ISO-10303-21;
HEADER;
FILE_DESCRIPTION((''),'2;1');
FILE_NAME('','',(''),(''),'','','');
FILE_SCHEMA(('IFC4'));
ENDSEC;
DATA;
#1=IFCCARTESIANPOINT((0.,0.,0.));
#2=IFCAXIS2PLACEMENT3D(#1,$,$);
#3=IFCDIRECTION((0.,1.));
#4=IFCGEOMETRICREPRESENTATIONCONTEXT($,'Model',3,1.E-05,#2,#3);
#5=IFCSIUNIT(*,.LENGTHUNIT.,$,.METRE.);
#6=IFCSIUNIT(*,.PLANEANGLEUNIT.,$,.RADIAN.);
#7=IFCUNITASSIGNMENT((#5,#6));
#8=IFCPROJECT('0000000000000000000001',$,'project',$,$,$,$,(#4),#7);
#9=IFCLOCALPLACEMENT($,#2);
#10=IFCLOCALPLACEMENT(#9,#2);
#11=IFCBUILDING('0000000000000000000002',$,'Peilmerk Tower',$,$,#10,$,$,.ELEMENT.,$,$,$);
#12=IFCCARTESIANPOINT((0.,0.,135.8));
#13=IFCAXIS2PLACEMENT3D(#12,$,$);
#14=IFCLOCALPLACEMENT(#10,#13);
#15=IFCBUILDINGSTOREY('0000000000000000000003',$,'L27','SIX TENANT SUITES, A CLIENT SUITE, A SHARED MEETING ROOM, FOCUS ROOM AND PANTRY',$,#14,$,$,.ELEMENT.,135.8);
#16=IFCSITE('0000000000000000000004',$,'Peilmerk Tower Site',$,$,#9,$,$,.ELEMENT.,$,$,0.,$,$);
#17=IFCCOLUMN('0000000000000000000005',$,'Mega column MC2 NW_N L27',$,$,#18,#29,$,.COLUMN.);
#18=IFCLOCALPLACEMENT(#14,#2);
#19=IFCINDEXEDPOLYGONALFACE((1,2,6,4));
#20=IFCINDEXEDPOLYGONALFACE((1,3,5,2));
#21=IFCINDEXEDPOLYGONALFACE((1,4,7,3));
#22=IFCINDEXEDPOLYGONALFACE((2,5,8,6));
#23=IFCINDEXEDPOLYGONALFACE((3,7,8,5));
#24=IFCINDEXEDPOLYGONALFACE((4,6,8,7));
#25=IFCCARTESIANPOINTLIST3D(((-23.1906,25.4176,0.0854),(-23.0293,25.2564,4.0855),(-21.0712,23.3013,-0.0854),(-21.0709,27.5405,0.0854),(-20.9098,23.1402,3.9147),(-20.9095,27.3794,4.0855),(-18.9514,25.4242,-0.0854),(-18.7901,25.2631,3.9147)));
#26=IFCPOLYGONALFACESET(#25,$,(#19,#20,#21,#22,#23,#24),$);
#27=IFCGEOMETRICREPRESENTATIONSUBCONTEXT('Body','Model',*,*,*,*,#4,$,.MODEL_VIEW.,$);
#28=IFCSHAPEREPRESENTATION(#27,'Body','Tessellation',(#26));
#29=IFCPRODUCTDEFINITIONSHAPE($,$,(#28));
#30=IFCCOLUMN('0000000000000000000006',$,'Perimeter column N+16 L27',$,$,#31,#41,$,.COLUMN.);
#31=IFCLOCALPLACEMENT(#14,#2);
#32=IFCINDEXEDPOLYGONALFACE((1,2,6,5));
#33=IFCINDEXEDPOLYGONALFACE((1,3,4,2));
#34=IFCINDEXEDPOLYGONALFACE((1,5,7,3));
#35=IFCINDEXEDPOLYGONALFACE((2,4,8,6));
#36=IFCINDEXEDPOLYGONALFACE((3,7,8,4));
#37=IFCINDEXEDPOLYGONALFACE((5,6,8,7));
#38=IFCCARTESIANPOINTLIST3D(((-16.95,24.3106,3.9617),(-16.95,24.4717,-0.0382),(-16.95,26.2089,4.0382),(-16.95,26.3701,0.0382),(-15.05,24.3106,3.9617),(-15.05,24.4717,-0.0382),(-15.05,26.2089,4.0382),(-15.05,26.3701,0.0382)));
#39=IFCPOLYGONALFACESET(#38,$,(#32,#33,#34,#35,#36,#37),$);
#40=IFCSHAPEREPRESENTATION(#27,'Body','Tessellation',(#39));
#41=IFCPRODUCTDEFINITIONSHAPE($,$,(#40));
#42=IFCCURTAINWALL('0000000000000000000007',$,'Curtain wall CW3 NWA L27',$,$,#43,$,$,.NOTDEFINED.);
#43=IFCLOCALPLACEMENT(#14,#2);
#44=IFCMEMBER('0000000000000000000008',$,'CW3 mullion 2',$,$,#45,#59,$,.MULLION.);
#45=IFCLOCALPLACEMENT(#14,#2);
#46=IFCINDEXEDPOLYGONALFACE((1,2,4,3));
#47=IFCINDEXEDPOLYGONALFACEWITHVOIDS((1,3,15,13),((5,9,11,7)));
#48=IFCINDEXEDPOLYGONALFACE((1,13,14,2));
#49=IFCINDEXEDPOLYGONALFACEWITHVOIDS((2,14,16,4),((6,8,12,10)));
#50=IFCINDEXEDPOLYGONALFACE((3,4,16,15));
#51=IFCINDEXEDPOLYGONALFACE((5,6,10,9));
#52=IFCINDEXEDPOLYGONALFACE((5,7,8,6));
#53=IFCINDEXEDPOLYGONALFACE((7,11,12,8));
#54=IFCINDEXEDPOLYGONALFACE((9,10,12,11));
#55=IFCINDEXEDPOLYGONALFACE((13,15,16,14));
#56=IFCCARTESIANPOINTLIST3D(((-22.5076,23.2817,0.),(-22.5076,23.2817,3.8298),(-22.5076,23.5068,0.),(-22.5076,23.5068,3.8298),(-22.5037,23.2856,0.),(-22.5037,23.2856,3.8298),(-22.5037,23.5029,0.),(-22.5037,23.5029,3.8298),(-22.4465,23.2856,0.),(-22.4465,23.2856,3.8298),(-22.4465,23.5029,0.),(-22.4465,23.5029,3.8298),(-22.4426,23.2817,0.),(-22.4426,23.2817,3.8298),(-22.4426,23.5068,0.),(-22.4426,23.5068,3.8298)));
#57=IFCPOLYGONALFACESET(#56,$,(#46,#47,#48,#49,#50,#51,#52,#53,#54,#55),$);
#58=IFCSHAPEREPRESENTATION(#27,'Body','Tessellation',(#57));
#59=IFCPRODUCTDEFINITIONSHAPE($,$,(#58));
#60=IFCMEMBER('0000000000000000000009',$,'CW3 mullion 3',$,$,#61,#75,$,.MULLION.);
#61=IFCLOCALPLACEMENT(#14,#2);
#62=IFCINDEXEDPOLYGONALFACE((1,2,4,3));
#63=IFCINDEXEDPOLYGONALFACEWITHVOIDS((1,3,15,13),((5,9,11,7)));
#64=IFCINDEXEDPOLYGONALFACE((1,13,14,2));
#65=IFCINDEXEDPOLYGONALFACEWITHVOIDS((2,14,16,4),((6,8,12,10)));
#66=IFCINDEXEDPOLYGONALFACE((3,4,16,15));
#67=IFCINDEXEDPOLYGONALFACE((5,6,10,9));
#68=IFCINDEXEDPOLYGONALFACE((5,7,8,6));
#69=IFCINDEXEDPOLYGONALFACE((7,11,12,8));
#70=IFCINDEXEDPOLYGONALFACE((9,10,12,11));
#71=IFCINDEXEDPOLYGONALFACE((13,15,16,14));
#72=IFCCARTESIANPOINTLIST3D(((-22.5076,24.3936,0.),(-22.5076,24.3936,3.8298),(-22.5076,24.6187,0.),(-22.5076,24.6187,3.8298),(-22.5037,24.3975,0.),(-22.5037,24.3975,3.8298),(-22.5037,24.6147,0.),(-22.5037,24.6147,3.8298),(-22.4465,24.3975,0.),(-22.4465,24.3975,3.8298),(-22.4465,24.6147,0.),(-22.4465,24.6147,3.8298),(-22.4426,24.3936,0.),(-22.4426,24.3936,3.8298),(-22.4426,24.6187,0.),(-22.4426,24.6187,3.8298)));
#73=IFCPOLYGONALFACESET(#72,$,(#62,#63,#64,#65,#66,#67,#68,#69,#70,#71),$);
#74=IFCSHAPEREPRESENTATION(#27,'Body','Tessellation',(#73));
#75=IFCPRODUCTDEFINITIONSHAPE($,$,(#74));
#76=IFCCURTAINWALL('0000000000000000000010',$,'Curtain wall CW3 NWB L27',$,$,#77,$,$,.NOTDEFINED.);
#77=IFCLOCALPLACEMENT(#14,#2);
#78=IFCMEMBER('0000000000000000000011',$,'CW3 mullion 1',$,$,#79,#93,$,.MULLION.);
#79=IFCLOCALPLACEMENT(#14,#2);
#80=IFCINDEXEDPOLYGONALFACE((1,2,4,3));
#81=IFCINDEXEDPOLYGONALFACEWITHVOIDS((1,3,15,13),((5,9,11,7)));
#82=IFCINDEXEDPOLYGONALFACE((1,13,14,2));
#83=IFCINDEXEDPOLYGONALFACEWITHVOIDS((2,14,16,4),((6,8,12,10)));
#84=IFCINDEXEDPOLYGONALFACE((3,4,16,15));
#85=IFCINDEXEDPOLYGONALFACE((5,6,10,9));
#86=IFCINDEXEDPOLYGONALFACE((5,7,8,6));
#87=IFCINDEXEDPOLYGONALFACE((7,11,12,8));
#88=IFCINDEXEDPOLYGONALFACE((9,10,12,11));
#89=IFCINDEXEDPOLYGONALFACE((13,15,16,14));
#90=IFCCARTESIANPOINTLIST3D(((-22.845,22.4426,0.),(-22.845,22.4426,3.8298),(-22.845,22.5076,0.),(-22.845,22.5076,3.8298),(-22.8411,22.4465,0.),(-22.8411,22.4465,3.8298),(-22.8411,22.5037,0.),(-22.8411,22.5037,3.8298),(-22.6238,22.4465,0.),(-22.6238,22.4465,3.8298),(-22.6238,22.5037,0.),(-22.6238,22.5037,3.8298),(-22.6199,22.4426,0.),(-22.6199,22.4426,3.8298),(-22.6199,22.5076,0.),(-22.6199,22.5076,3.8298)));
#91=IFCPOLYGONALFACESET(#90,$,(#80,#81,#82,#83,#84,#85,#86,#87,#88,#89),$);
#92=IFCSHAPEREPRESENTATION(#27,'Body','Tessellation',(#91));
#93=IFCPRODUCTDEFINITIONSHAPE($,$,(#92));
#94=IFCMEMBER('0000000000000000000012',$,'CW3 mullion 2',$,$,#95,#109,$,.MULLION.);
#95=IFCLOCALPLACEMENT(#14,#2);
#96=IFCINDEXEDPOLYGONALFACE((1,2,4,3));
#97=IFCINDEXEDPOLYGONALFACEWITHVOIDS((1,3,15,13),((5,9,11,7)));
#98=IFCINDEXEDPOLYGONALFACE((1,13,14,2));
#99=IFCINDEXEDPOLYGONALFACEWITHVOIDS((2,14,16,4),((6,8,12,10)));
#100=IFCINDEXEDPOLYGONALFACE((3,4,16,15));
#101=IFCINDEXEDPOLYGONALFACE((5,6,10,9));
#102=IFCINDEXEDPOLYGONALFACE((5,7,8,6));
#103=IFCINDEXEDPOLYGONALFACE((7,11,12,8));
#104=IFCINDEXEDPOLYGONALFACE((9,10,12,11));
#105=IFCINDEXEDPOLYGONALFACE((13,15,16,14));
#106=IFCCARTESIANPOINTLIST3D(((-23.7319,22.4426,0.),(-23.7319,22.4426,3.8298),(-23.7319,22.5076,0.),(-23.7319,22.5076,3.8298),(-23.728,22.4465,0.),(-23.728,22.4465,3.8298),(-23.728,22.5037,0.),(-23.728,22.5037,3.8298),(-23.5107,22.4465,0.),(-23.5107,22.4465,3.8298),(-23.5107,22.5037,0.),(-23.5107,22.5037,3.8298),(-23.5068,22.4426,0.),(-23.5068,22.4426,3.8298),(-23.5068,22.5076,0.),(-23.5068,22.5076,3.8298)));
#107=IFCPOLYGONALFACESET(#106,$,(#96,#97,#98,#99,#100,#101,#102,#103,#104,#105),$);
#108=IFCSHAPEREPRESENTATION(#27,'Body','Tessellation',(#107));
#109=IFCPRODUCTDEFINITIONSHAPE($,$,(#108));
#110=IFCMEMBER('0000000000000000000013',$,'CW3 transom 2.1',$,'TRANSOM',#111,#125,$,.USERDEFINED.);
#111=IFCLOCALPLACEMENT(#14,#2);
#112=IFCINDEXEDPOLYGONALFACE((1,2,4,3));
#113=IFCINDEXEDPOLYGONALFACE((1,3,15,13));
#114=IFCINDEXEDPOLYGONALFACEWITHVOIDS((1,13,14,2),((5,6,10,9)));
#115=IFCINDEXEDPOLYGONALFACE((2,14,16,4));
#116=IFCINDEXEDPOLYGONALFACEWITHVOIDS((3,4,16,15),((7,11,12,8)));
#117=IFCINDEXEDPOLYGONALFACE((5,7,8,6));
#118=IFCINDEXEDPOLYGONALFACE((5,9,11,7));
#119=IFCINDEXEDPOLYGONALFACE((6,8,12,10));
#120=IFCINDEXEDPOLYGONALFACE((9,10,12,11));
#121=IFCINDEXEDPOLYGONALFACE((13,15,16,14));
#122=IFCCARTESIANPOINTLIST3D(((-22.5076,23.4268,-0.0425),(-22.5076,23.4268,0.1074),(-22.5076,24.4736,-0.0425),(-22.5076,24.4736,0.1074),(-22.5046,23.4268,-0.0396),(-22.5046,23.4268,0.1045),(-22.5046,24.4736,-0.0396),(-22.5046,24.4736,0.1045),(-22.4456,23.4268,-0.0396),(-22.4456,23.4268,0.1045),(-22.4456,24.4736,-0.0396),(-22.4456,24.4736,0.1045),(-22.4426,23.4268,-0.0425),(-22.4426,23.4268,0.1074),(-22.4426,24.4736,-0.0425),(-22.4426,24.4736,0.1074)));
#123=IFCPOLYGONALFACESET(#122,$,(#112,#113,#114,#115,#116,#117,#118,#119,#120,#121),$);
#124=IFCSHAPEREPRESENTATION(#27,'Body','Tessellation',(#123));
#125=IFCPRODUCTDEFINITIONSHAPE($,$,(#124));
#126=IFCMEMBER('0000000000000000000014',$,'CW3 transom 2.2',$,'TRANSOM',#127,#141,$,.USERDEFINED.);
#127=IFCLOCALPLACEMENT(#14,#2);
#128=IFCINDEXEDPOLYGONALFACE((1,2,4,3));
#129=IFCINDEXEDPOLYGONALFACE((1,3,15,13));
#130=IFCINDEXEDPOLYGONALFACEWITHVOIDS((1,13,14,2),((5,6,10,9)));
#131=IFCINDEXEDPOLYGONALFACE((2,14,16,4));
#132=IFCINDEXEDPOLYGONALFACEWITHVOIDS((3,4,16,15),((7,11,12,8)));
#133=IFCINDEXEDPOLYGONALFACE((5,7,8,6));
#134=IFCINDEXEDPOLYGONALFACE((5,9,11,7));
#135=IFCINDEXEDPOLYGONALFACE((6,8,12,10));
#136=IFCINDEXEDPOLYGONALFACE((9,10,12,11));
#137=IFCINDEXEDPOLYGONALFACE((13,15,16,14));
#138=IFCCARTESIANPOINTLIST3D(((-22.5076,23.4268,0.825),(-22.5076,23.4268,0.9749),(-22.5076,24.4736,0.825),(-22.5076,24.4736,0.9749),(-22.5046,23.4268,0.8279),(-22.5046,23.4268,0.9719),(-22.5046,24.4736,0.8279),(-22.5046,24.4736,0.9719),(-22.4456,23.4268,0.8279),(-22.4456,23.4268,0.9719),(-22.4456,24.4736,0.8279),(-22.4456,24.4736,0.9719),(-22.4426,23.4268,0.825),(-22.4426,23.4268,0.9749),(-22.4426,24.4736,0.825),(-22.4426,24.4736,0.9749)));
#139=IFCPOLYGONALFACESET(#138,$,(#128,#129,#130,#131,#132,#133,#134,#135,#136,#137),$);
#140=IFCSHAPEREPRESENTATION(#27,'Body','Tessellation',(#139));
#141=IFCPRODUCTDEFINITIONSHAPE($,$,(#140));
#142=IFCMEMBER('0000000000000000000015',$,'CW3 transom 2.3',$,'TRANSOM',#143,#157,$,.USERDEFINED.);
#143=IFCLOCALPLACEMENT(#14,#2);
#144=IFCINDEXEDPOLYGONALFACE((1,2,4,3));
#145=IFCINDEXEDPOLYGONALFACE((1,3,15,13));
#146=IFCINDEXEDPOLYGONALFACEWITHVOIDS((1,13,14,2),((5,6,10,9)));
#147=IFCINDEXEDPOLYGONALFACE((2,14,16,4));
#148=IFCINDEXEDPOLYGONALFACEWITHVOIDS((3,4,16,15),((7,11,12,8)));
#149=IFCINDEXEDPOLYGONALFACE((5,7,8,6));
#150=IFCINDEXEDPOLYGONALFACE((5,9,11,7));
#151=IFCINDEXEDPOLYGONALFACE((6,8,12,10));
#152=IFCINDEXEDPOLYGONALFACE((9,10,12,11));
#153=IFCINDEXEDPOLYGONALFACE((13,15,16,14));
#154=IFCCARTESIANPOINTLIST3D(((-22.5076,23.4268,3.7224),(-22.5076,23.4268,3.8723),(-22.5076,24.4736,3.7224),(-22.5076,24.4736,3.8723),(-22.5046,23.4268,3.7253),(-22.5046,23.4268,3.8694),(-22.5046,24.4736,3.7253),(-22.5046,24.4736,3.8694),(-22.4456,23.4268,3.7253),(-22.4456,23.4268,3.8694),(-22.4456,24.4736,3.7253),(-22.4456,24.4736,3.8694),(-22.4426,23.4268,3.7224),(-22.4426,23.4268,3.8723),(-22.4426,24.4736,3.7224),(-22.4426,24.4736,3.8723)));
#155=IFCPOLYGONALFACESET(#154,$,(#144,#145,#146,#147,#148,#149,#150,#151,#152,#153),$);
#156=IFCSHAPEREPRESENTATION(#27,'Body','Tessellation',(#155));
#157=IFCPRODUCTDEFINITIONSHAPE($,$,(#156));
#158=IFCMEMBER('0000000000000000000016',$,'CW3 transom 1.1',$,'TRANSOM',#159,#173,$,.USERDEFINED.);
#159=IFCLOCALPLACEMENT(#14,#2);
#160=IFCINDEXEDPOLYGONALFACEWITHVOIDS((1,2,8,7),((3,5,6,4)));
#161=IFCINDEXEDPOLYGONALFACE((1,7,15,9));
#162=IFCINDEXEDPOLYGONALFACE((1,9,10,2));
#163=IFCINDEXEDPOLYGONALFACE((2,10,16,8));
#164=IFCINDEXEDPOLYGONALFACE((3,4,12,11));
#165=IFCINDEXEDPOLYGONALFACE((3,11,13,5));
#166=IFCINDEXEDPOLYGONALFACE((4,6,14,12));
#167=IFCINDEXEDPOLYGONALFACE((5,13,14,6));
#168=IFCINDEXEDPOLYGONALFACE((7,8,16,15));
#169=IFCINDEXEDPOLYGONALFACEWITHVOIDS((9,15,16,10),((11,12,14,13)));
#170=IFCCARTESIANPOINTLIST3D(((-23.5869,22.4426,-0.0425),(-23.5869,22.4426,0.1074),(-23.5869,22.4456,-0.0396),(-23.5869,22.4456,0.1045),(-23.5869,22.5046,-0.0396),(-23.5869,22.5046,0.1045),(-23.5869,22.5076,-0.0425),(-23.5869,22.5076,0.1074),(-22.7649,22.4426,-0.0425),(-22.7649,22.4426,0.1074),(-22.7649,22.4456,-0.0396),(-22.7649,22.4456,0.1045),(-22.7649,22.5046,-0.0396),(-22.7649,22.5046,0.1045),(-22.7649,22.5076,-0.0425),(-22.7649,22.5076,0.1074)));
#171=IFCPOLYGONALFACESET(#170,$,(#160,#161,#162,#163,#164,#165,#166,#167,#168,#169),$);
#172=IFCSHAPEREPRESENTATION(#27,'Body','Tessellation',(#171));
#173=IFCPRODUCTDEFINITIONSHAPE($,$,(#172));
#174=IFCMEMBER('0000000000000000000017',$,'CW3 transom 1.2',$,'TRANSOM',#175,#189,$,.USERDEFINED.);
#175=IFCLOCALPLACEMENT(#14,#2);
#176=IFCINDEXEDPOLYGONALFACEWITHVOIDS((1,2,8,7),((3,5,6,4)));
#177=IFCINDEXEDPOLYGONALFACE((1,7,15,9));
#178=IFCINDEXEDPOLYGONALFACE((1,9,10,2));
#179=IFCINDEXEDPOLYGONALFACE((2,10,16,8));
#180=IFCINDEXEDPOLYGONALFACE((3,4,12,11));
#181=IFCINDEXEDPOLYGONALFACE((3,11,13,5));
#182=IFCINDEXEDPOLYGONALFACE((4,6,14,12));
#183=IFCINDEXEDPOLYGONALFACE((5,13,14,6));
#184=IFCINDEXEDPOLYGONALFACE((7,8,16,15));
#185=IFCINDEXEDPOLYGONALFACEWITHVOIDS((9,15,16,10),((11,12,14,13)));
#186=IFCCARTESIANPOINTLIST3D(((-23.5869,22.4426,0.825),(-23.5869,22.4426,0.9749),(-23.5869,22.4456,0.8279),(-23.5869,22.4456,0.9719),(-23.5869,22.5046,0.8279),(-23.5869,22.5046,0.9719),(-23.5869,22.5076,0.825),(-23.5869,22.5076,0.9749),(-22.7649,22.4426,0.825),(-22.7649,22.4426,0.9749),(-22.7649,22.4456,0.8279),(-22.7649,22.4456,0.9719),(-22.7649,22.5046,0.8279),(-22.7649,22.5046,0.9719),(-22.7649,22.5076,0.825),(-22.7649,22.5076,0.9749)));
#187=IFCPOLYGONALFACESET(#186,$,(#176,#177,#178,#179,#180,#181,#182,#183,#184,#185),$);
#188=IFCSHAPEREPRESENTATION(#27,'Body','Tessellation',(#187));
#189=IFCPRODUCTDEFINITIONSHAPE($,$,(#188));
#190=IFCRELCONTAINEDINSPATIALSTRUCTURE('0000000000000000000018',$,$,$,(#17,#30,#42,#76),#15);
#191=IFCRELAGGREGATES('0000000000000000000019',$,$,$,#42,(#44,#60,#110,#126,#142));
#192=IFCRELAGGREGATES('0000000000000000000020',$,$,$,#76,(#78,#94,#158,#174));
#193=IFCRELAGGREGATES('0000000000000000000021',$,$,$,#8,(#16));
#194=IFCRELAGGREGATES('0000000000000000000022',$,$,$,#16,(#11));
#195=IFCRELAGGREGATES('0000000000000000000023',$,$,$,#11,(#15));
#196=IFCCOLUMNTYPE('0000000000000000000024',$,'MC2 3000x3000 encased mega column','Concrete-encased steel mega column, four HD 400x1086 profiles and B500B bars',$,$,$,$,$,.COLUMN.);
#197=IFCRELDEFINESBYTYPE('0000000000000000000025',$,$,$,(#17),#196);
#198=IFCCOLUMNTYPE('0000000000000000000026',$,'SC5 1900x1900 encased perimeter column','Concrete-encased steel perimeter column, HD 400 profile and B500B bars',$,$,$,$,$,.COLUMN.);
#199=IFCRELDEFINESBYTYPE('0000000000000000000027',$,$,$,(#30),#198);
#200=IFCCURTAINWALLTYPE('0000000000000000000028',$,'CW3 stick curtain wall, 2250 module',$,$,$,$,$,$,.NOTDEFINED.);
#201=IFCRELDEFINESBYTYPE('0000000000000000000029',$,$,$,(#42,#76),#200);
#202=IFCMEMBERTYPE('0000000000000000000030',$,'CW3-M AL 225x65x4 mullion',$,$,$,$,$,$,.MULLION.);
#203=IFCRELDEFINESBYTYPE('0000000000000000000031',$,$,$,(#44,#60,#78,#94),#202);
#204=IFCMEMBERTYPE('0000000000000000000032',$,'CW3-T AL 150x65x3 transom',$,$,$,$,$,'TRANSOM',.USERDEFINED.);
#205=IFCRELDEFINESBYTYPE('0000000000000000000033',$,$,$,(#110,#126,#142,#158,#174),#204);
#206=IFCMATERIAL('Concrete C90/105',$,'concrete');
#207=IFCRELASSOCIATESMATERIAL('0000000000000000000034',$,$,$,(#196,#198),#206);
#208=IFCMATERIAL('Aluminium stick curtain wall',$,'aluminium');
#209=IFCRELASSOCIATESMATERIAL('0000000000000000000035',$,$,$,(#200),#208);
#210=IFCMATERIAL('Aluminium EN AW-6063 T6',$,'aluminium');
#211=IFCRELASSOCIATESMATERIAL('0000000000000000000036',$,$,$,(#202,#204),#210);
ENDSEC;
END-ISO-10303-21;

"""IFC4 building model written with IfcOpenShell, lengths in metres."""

from ifc_helpers import new_model, si_unit, direction, frame, origin, origin_2d, place, context, subcontext, project, spatial, rectangle, hollow_rectangle, extrude, material, material_profile, profile_set, type_object, element, aggregate, save


model = new_model("IFC4")

# Units and contexts
model_context = context("Model", 3, precision=1e-05, world=origin(), true_north=direction((0.0, 1.0)))
body_context = subcontext(model_context, "Body", "Model", "MODEL_VIEW")
ifc_project = project(units=[si_unit("LENGTHUNIT", "METRE"), si_unit("PLANEANGLEUNIT", "RADIAN")], contexts=[model_context])

# Site, building, storey
site_placement = place(None, origin())
site = spatial("IfcSite", under=ifc_project, at=site_placement, Name="Peilmerk Tower Site", CompositionType="ELEMENT", RefElevation=0.0)
building_placement = place(site_placement, origin())
building = spatial("IfcBuilding", under=site, at=building_placement, Name="Peilmerk Tower", CompositionType="ELEMENT")
storey_placement = place(building_placement, frame((0.0, 0.0, 135.8)))
storey = spatial("IfcBuildingStorey", under=building, at=storey_placement, Name="L27", Description="SIX TENANT SUITES, A CLIENT SUITE, A SHARED MEETING ROOM, FOCUS ROOM AND PANTRY", CompositionType="ELEMENT", Elevation=135.8)

# Columns
ifc_material_1 = material(Name="Concrete C90/105", Category="concrete")
ifc_material_profile_1 = material_profile(ifc_material_1, rectangle(XDim=3.0, YDim=3.0, at=origin_2d()), Name="RC 3000x3000")
ifc_profile_set_1 = profile_set([ifc_material_profile_1], Name="Concrete C90/105")
column_type_1 = type_object("IfcColumnType", Name="MC2 3000x3000 encased mega column", Description="Concrete-encased steel mega column, four HD 400x1086 profiles and B500B bars", PredefinedType="COLUMN", material=ifc_profile_set_1)
column_1_placement = place(storey_placement, frame((-21.071, 25.4209, 0.0), z_axis=(0.040279, -0.040218, 0.998379), x_axis=(0.706571, 0.707642, 0.0)))
element("IfcColumn", 1, at=column_1_placement, inside=storey, type_object=column_type_1, Name="Mega column MC2 NW_N L27", PredefinedType="COLUMN", context=body_context, shape_type="SweptSolid", body=[
    extrude(rectangle(XDim=3.0, YDim=3.0, at=origin_2d()), origin(), (0.0, 0.0, 1.0), 4.0066),
])
ifc_material_profile_2 = material_profile(ifc_material_1, rectangle(XDim=1.8999, YDim=1.8999, at=origin_2d()), Name="RC 1900x1900")
ifc_profile_set_2 = profile_set([ifc_material_profile_2], Name="Concrete C90/105")
column_type_2 = type_object("IfcColumnType", Name="SC5 1900x1900 encased perimeter column", Description="Concrete-encased steel perimeter column, HD 400 profile and B500B bars", PredefinedType="COLUMN", material=ifc_profile_set_2)
column_2_placement = place(storey_placement, frame((-16.0, 25.4209, 0.0), z_axis=(0.0, -0.040251, 0.99919), x_axis=(1.0, 0.0, 0.0)))
element("IfcColumn", 2, at=column_2_placement, inside=storey, type_object=column_type_2, Name="Perimeter column N+16 L27", PredefinedType="COLUMN", context=body_context, shape_type="SweptSolid", body=[
    extrude(rectangle(XDim=1.8999, YDim=1.8999, at=origin_2d()), origin(), (0.0, 0.0, 1.0), 4.0032),
])

# Curtain walls, members
ifc_material_2 = material(Name="Aluminium stick curtain wall", Category="aluminium")
curtain_wall_type = type_object("IfcCurtainWallType", Name="CW3 stick curtain wall, 2250 module", PredefinedType="NOTDEFINED", material=ifc_material_2)
curtain_wall_1_placement = place(storey_placement, origin())
curtain_wall_1 = element("IfcCurtainWall", 3, at=curtain_wall_1_placement, inside=storey, type_object=curtain_wall_type, Name="Curtain wall CW3 NWA L27", PredefinedType="NOTDEFINED")
ifc_material_3 = material(Name="Aluminium EN AW-6063 T6", Category="aluminium")
ifc_material_profile_3 = material_profile(ifc_material_3, hollow_rectangle(XDim=0.0649, YDim=0.2251, WallThickness=0.0039, at=origin_2d()), Name="AL 225x65x4")
ifc_profile_set_3 = profile_set([ifc_material_profile_3], Name="Aluminium EN AW-6063 T6")
member_type_1 = type_object("IfcMemberType", Name="CW3-M AL 225x65x4 mullion", PredefinedType="MULLION", material=ifc_profile_set_3)
member_1_placement = place(storey_placement, frame((-22.4751, 23.3943, 0.0), z_axis=(0.0, 0.0, 1.0), x_axis=(-1.0, 0.0, 0.0)))
member_1 = element("IfcMember", 4, at=member_1_placement, type_object=member_type_1, Name="CW3 mullion 2", PredefinedType="MULLION", context=body_context, shape_type="SweptSolid", body=[
    extrude(hollow_rectangle(XDim=0.0649, YDim=0.2251, WallThickness=0.0039, at=origin_2d()), origin(), (0.0, 0.0, 1.0), 3.8298),
])
member_2_placement = place(storey_placement, frame((-22.4751, 24.5061, 0.0), z_axis=(0.0, 0.0, 1.0), x_axis=(-1.0, 0.0, 0.0)))
member_2 = element("IfcMember", 5, at=member_2_placement, type_object=member_type_1, Name="CW3 mullion 3", PredefinedType="MULLION", context=body_context, shape_type="SweptSolid", body=[
    extrude(hollow_rectangle(XDim=0.0649, YDim=0.2251, WallThickness=0.0039, at=origin_2d()), origin(), (0.0, 0.0, 1.0), 3.8298),
])
curtain_wall_2_placement = place(storey_placement, origin())
curtain_wall_2 = element("IfcCurtainWall", 6, at=curtain_wall_2_placement, inside=storey, type_object=curtain_wall_type, Name="Curtain wall CW3 NWB L27", PredefinedType="NOTDEFINED")
member_3_placement = place(storey_placement, frame((-22.7324, 22.4751, 0.0), z_axis=(0.0, 0.0, 1.0), x_axis=(0.0, -1.0, 0.0)))
member_3 = element("IfcMember", 7, at=member_3_placement, type_object=member_type_1, Name="CW3 mullion 1", PredefinedType="MULLION", context=body_context, shape_type="SweptSolid", body=[
    extrude(hollow_rectangle(XDim=0.0649, YDim=0.2251, WallThickness=0.0039, at=origin_2d()), origin(), (0.0, 0.0, 1.0), 3.8298),
])
member_4_placement = place(storey_placement, frame((-23.6194, 22.4751, 0.0), z_axis=(0.0, 0.0, 1.0), x_axis=(0.0, -1.0, 0.0)))
member_4 = element("IfcMember", 8, at=member_4_placement, type_object=member_type_1, Name="CW3 mullion 2", PredefinedType="MULLION", context=body_context, shape_type="SweptSolid", body=[
    extrude(hollow_rectangle(XDim=0.0649, YDim=0.2251, WallThickness=0.0039, at=origin_2d()), origin(), (0.0, 0.0, 1.0), 3.8298),
])

# Members
ifc_material_profile_4 = material_profile(ifc_material_3, hollow_rectangle(XDim=0.0649, YDim=0.1499, WallThickness=0.0029, at=origin_2d()), Name="AL 150x65x3")
ifc_profile_set_4 = profile_set([ifc_material_profile_4], Name="Aluminium EN AW-6063 T6")
member_type_2 = type_object("IfcMemberType", Name="CW3-T AL 150x65x3 transom", ElementType="TRANSOM", PredefinedType="USERDEFINED", material=ifc_profile_set_4)
member_5_placement = place(storey_placement, frame((-22.4751, 23.4268, 0.0325), z_axis=(0.0, 1.0, 0.0), x_axis=(-1.0, 0.0, 0.0)))
member_5 = element("IfcMember", 9, at=member_5_placement, type_object=member_type_2, Name="CW3 transom 2.1", ObjectType="TRANSOM", PredefinedType="USERDEFINED", context=body_context, shape_type="SweptSolid", body=[
    extrude(hollow_rectangle(XDim=0.0649, YDim=0.1499, WallThickness=0.0029, at=origin_2d()), origin(), (0.0, 0.0, 1.0), 1.0469),
])
member_6_placement = place(storey_placement, frame((-22.4751, 23.4268, 0.8999), z_axis=(0.0, 1.0, 0.0), x_axis=(-1.0, 0.0, 0.0)))
member_6 = element("IfcMember", 10, at=member_6_placement, type_object=member_type_2, Name="CW3 transom 2.2", ObjectType="TRANSOM", PredefinedType="USERDEFINED", context=body_context, shape_type="SweptSolid", body=[
    extrude(hollow_rectangle(XDim=0.0649, YDim=0.1499, WallThickness=0.0029, at=origin_2d()), origin(), (0.0, 0.0, 1.0), 1.0469),
])
member_7_placement = place(storey_placement, frame((-22.4751, 23.4268, 3.7974), z_axis=(0.0, 1.0, 0.0), x_axis=(-1.0, 0.0, 0.0)))
member_7 = element("IfcMember", 11, at=member_7_placement, type_object=member_type_2, Name="CW3 transom 2.3", ObjectType="TRANSOM", PredefinedType="USERDEFINED", context=body_context, shape_type="SweptSolid", body=[
    extrude(hollow_rectangle(XDim=0.0649, YDim=0.1499, WallThickness=0.0029, at=origin_2d()), origin(), (0.0, 0.0, 1.0), 1.0469),
])
member_8_placement = place(storey_placement, frame((-22.7649, 22.4751, 0.0325), z_axis=(-1.0, 0.0, 0.0), x_axis=(0.0, -1.0, 0.0)))
member_8 = element("IfcMember", 12, at=member_8_placement, type_object=member_type_2, Name="CW3 transom 1.1", ObjectType="TRANSOM", PredefinedType="USERDEFINED", context=body_context, shape_type="SweptSolid", body=[
    extrude(hollow_rectangle(XDim=0.0649, YDim=0.1499, WallThickness=0.0029, at=origin_2d()), origin(), (0.0, 0.0, 1.0), 0.822),
])
member_9_placement = place(storey_placement, frame((-22.7649, 22.4751, 0.8999), z_axis=(-1.0, 0.0, 0.0), x_axis=(0.0, -1.0, 0.0)))
member_9 = element("IfcMember", 13, at=member_9_placement, type_object=member_type_2, Name="CW3 transom 1.2", ObjectType="TRANSOM", PredefinedType="USERDEFINED", context=body_context, shape_type="SweptSolid", body=[
    extrude(hollow_rectangle(XDim=0.0649, YDim=0.1499, WallThickness=0.0029, at=origin_2d()), origin(), (0.0, 0.0, 1.0), 0.822),
])

aggregate(curtain_wall_1, [member_1, member_2, member_5, member_6, member_7])
aggregate(curtain_wall_2, [member_3, member_4, member_8, member_9])

save(model, "model.ifc")
